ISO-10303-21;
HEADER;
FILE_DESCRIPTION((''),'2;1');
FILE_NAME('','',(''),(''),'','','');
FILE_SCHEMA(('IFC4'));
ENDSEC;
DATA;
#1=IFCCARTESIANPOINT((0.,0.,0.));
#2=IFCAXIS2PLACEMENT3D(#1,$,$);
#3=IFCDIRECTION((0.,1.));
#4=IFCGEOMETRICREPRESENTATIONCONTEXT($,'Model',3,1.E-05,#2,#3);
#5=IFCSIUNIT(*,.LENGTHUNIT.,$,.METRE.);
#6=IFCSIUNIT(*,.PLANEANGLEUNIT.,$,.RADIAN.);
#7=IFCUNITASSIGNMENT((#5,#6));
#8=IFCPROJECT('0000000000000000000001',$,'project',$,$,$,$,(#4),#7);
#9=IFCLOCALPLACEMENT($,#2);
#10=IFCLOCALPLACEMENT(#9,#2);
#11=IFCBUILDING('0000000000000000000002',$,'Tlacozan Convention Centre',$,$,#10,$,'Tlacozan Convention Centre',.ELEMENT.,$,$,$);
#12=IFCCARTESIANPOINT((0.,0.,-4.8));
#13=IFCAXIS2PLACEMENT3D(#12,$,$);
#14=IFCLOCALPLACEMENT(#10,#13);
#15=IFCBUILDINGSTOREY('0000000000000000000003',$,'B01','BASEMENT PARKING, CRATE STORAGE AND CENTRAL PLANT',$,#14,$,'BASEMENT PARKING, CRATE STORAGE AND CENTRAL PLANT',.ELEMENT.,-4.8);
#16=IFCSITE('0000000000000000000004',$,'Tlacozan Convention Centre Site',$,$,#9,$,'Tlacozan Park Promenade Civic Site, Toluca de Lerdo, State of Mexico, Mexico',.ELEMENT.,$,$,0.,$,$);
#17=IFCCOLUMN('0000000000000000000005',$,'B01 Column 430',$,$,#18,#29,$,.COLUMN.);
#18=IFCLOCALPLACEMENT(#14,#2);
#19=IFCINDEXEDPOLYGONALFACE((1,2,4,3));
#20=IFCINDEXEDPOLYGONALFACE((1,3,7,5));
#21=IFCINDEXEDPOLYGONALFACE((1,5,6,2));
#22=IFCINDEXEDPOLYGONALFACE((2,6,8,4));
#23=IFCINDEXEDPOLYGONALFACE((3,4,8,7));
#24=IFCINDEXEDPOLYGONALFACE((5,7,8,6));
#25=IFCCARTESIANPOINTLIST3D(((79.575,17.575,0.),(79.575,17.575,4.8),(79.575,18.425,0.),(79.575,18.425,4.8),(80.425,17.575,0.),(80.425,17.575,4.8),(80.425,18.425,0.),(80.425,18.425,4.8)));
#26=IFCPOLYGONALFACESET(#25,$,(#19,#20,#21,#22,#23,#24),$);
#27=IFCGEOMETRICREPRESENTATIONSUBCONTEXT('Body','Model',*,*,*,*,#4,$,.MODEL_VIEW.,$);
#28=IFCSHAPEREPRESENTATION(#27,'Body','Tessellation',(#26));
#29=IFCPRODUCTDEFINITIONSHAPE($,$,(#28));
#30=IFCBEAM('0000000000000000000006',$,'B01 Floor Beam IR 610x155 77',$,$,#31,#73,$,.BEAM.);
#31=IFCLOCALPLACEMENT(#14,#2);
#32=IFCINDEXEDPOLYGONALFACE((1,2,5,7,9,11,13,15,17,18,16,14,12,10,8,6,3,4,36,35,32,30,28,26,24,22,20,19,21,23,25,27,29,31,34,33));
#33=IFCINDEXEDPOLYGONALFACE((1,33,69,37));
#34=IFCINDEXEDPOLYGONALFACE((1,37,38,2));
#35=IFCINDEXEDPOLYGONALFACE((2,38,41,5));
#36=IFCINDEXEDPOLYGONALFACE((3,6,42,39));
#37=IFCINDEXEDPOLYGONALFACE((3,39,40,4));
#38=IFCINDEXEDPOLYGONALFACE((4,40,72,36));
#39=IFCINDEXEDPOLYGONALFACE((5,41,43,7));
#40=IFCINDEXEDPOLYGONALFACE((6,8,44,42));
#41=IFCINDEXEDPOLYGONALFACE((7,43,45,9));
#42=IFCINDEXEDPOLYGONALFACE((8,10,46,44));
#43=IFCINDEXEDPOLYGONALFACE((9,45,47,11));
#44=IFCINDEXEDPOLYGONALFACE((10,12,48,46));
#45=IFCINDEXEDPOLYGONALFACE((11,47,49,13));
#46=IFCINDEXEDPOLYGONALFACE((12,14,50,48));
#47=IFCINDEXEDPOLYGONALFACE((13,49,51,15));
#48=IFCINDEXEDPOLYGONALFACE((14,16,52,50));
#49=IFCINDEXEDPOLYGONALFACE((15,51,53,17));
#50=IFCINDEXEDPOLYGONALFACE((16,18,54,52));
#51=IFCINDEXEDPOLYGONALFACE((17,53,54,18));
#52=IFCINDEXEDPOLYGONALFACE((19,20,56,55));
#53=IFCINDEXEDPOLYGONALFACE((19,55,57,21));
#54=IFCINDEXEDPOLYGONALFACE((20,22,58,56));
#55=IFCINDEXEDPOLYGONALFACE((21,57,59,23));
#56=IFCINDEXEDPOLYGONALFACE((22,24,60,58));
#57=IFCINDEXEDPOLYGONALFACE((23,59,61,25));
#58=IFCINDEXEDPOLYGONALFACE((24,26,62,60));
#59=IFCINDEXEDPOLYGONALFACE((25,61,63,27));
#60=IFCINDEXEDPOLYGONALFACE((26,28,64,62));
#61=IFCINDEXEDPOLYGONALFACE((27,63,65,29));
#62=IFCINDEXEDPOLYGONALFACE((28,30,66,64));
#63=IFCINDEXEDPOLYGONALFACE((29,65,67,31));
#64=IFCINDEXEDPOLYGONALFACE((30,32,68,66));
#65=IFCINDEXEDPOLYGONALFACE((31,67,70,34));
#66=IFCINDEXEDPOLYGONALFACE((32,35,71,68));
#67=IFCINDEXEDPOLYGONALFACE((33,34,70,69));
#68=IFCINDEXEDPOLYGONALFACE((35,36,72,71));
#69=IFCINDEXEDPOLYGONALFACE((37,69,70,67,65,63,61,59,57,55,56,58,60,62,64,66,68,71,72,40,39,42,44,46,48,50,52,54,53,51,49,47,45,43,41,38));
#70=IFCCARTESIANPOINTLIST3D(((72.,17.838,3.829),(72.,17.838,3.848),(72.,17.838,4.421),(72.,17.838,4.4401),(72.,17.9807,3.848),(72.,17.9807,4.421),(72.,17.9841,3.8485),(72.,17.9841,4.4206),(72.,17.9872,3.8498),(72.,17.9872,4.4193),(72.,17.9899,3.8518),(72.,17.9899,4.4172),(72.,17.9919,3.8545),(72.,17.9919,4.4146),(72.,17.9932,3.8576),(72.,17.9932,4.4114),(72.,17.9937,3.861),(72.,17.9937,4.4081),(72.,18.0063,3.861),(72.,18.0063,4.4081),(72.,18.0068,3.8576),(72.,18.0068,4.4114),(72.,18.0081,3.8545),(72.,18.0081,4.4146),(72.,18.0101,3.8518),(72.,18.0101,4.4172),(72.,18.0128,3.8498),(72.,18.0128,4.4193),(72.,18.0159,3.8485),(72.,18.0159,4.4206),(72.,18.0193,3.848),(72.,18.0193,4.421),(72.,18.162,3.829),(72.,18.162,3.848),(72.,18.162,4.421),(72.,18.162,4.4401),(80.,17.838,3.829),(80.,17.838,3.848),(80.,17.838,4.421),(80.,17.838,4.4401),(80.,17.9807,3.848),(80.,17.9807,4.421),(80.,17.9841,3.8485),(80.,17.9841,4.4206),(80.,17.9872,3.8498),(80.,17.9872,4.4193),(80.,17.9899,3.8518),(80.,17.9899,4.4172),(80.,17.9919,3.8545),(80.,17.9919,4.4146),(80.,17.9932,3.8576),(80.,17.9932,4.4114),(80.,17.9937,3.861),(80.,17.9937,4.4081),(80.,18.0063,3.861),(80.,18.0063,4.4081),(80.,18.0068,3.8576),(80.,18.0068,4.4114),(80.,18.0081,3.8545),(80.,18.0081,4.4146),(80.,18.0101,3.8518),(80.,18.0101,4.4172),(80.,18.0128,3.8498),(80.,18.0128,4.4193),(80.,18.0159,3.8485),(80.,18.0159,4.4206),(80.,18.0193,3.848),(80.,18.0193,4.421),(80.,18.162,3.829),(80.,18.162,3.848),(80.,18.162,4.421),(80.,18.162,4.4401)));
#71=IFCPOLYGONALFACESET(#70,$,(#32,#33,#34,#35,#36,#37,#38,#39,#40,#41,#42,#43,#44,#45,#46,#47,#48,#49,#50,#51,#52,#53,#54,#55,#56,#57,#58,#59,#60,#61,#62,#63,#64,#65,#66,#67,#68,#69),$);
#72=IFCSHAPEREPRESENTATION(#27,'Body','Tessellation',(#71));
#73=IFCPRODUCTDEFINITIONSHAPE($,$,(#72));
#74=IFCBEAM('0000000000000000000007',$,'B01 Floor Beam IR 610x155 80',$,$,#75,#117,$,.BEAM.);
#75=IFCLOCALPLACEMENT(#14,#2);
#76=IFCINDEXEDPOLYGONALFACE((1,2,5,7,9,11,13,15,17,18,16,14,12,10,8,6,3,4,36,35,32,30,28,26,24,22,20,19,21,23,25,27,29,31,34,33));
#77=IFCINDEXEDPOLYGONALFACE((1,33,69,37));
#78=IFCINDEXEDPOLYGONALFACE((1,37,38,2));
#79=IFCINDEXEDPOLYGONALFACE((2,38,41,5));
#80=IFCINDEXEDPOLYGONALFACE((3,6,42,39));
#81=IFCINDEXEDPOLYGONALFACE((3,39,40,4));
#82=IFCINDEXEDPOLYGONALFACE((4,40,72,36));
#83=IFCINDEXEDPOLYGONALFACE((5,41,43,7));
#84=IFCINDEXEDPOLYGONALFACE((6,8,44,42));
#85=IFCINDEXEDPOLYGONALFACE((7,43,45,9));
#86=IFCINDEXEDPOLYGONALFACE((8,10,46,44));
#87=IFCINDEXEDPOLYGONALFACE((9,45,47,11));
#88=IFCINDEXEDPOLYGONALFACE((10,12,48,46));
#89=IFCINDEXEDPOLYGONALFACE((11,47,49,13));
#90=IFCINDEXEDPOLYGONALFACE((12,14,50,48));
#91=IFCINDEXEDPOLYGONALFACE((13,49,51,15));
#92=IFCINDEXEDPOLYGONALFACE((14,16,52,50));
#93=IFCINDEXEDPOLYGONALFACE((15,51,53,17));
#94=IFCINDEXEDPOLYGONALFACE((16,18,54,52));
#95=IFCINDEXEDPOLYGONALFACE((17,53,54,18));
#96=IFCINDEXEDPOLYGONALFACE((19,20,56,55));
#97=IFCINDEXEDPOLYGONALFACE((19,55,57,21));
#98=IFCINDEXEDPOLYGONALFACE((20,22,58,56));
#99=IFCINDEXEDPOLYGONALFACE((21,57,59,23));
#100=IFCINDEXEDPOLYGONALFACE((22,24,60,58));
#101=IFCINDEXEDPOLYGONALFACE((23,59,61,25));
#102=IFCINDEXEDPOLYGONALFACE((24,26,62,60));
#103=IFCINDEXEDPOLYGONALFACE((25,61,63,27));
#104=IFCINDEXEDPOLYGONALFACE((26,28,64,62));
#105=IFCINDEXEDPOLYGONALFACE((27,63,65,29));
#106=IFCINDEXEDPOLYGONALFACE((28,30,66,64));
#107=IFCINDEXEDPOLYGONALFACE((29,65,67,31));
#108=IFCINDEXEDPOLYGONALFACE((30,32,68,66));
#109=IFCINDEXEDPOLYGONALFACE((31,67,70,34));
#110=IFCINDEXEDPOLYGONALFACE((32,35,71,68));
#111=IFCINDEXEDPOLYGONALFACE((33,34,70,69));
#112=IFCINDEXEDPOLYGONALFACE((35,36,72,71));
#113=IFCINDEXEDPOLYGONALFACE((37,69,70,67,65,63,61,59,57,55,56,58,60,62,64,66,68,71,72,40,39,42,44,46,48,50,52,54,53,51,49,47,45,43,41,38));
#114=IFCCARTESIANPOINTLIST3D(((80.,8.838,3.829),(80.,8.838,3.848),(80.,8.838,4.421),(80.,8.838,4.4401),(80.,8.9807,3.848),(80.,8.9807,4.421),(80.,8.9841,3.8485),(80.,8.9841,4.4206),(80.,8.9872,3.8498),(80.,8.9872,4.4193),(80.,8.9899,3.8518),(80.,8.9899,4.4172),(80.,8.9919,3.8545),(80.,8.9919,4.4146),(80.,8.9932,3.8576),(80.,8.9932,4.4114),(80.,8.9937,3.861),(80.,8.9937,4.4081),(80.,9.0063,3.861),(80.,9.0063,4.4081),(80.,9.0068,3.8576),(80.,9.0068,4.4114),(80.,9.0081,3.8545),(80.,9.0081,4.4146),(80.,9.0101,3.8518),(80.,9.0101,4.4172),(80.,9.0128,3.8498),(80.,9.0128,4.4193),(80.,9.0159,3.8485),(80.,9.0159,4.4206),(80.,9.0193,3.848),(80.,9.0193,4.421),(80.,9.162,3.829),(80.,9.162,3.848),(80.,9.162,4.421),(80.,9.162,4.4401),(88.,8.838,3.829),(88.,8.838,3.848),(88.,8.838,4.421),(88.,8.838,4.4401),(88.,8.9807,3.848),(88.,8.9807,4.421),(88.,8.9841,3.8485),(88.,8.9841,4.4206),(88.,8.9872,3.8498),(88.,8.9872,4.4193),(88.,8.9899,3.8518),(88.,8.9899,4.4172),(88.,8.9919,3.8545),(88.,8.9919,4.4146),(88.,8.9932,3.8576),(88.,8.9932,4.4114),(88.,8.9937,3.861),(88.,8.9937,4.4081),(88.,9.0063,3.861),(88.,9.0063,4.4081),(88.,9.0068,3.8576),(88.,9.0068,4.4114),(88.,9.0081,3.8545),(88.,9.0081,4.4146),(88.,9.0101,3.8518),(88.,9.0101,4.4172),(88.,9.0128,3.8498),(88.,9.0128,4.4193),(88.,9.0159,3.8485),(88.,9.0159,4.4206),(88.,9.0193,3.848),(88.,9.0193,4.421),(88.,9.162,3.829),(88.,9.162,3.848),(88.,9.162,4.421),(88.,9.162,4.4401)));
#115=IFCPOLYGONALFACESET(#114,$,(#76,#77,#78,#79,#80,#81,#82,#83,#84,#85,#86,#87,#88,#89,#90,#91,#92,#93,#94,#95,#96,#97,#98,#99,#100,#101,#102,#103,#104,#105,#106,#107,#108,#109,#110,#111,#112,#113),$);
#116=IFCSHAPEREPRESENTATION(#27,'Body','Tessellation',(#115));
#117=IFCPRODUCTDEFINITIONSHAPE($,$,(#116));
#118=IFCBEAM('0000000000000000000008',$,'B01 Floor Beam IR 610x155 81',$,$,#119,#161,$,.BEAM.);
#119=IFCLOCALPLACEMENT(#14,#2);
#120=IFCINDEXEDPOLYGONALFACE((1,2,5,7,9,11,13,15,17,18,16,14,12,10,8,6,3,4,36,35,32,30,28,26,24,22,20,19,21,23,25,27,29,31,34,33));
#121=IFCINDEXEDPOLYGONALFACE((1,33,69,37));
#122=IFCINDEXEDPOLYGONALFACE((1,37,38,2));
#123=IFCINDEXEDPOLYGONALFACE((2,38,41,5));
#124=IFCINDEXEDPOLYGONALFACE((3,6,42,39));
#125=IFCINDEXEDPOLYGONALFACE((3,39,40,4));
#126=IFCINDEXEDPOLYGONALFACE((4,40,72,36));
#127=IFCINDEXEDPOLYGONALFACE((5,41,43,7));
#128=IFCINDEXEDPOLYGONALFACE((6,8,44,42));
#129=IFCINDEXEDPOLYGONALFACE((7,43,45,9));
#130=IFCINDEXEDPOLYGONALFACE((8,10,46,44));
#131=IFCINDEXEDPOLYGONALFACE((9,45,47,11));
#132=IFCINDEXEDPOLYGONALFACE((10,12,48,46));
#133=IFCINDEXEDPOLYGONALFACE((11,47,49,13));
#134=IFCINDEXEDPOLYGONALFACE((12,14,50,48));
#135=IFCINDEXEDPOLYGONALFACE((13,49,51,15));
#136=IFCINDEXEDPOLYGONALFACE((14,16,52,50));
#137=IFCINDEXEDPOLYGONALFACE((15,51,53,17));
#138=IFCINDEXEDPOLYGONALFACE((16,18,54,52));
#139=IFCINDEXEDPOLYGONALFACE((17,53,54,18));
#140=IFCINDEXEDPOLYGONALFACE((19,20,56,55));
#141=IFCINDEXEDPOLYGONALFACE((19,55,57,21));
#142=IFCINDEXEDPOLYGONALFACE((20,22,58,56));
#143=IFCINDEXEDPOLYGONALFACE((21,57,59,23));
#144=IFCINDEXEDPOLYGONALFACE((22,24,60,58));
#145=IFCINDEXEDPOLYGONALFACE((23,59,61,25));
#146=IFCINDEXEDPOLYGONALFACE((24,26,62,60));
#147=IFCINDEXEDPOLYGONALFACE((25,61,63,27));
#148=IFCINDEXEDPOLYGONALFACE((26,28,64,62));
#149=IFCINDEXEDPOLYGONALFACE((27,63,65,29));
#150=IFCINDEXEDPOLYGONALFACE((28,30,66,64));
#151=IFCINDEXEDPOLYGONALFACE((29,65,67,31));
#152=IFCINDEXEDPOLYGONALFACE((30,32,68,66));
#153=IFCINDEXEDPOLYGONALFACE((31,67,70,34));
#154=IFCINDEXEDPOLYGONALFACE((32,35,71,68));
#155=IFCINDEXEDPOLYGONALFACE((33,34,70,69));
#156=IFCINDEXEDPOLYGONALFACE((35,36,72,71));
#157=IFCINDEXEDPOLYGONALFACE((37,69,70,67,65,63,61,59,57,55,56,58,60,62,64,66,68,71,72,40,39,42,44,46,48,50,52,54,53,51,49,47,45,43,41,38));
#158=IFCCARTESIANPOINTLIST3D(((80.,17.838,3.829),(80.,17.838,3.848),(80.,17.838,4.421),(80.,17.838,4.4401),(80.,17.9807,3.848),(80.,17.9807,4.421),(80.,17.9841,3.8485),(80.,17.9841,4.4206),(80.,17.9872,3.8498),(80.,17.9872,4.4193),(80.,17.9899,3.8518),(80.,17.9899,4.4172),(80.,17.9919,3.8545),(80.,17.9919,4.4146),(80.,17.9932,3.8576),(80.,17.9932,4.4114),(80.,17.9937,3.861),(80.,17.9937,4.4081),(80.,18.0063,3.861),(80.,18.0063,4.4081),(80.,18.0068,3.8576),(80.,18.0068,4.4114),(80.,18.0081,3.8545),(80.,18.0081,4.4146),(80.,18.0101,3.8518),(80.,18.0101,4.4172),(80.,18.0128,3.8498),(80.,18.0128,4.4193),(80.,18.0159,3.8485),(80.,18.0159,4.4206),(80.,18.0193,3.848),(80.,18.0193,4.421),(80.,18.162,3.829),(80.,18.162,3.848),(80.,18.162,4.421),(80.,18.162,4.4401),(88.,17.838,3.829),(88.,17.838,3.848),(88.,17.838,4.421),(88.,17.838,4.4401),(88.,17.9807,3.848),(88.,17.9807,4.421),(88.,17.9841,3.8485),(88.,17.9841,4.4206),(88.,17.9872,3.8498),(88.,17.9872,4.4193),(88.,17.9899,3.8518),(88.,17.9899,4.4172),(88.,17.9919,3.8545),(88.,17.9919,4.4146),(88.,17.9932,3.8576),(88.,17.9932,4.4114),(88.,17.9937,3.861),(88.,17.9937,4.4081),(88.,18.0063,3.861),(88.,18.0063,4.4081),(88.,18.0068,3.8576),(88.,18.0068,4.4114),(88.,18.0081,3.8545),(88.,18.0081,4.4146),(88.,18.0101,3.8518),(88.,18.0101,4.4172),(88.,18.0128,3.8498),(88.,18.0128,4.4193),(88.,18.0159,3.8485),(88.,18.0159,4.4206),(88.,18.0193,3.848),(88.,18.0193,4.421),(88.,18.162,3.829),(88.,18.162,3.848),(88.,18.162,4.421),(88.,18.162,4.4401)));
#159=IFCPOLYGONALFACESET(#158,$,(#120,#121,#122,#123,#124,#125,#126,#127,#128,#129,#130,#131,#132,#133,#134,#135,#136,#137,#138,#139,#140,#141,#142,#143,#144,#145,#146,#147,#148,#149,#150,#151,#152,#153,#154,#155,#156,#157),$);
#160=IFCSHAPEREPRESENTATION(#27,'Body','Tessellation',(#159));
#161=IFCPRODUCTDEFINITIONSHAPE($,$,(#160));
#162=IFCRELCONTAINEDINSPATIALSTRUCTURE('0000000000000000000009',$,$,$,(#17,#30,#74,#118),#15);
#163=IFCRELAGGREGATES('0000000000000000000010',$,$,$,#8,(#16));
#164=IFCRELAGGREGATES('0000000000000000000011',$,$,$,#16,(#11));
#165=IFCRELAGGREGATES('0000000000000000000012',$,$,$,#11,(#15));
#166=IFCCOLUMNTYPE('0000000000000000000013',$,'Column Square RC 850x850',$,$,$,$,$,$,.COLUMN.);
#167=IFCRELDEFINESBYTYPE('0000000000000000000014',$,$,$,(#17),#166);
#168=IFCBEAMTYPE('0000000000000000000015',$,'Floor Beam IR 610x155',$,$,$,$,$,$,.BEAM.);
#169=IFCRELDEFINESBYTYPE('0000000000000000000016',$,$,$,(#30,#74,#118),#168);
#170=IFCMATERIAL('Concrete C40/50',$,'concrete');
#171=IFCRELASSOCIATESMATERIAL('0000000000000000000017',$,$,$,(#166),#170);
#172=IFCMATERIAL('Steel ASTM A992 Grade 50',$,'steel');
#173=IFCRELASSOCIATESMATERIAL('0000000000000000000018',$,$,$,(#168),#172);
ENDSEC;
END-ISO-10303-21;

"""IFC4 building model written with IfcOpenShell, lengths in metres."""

from ifc_helpers import new_model, si_unit, direction, frame, origin, origin_2d, place, context, subcontext, project, spatial, rectangle, i_section, extrude, material, material_profile, profile_set, type_object, element, save


model = new_model("IFC4")

# Units and contexts
model_context = context("Model", 3, precision=1e-05, world=origin(), true_north=direction((0.0, 1.0)))
body_context = subcontext(model_context, "Body", "Model", "MODEL_VIEW")
ifc_project = project(units=[si_unit("LENGTHUNIT", "METRE"), si_unit("PLANEANGLEUNIT", "RADIAN")], contexts=[model_context])

# Site, building, storey
site_placement = place(None, origin())
site = spatial("IfcSite", under=ifc_project, at=site_placement, Name="Tlacozan Convention Centre Site", LongName="Tlacozan Park Promenade Civic Site, Toluca de Lerdo, State of Mexico, Mexico", CompositionType="ELEMENT", RefElevation=0.0)
building_placement = place(site_placement, origin())
building = spatial("IfcBuilding", under=site, at=building_placement, Name="Tlacozan Convention Centre", LongName="Tlacozan Convention Centre", CompositionType="ELEMENT")
storey_placement = place(building_placement, frame((0.0, 0.0, -4.8)))
storey = spatial("IfcBuildingStorey", under=building, at=storey_placement, Name="B01", Description="BASEMENT PARKING, CRATE STORAGE AND CENTRAL PLANT", LongName="BASEMENT PARKING, CRATE STORAGE AND CENTRAL PLANT", CompositionType="ELEMENT", Elevation=-4.8)

# Column
ifc_material_1 = material(Name="Concrete C40/50", Category="concrete")
ifc_material_profile_1 = material_profile(ifc_material_1, rectangle(XDim=0.8501, YDim=0.8501, at=origin_2d()), Name="RC 850x850")
ifc_profile_set_1 = profile_set([ifc_material_profile_1], Name="Concrete C40/50")
column_type = type_object("IfcColumnType", Name="Column Square RC 850x850", PredefinedType="COLUMN", material=ifc_profile_set_1)
for number, where, z_axis, x_axis, name in (
    (1, (80.0, 18.0, 0.0), (0.0, 0.0, 1.0), (1.0, 0.0, 0.0), "B01 Column 430"),
):
    element("IfcColumn", number, at=place(storey_placement, frame(where, z_axis=z_axis, x_axis=x_axis)), inside=storey, type_object=column_type, Name=name, PredefinedType="COLUMN", context=body_context, shape_type="SweptSolid", body=[
        extrude(rectangle(XDim=0.8501, YDim=0.8501, at=origin_2d()), origin(), (0.0, 0.0, 1.0), 4.8),
    ])

# Beams
ifc_material_2 = material(Name="Steel ASTM A992 Grade 50", Category="steel")
ifc_material_profile_2 = material_profile(ifc_material_2, i_section(OverallWidth=0.324, OverallDepth=0.6111, WebThickness=0.0127, FlangeThickness=0.019, FilletRadius=0.0129, at=origin_2d()), Name="IR 610x155.0")
ifc_profile_set_2 = profile_set([ifc_material_profile_2], Name="Steel ASTM A992 Grade 50")
beam_type_1 = type_object("IfcBeamType", Name="Floor Beam IR 610x155", PredefinedType="BEAM", material=ifc_profile_set_2)
for number, where, z_axis, x_axis, name in (
    (2, (72.0, 18.0, 4.1345), (1.0, 0.0, 0.0), (0.0, 1.0, 0.0), "B01 Floor Beam IR 610x155 77"),
    (3, (80.0, 9.0, 4.1345), (1.0, 0.0, 0.0), (0.0, 1.0, 0.0), "B01 Floor Beam IR 610x155 80"),
    (4, (80.0, 18.0, 4.1345), (1.0, 0.0, 0.0), (0.0, 1.0, 0.0), "B01 Floor Beam IR 610x155 81"),
):
    element("IfcBeam", number, at=place(storey_placement, frame(where, z_axis=z_axis, x_axis=x_axis)), inside=storey, type_object=beam_type_1, Name=name, PredefinedType="BEAM", context=body_context, shape_type="SweptSolid", body=[
        extrude(i_section(OverallWidth=0.324, OverallDepth=0.6111, WebThickness=0.0127, FlangeThickness=0.019, FilletRadius=0.0129, at=origin_2d()), origin(), (0.0, 0.0, 1.0), 8.0),
    ])

save(model, "model.ifc")
